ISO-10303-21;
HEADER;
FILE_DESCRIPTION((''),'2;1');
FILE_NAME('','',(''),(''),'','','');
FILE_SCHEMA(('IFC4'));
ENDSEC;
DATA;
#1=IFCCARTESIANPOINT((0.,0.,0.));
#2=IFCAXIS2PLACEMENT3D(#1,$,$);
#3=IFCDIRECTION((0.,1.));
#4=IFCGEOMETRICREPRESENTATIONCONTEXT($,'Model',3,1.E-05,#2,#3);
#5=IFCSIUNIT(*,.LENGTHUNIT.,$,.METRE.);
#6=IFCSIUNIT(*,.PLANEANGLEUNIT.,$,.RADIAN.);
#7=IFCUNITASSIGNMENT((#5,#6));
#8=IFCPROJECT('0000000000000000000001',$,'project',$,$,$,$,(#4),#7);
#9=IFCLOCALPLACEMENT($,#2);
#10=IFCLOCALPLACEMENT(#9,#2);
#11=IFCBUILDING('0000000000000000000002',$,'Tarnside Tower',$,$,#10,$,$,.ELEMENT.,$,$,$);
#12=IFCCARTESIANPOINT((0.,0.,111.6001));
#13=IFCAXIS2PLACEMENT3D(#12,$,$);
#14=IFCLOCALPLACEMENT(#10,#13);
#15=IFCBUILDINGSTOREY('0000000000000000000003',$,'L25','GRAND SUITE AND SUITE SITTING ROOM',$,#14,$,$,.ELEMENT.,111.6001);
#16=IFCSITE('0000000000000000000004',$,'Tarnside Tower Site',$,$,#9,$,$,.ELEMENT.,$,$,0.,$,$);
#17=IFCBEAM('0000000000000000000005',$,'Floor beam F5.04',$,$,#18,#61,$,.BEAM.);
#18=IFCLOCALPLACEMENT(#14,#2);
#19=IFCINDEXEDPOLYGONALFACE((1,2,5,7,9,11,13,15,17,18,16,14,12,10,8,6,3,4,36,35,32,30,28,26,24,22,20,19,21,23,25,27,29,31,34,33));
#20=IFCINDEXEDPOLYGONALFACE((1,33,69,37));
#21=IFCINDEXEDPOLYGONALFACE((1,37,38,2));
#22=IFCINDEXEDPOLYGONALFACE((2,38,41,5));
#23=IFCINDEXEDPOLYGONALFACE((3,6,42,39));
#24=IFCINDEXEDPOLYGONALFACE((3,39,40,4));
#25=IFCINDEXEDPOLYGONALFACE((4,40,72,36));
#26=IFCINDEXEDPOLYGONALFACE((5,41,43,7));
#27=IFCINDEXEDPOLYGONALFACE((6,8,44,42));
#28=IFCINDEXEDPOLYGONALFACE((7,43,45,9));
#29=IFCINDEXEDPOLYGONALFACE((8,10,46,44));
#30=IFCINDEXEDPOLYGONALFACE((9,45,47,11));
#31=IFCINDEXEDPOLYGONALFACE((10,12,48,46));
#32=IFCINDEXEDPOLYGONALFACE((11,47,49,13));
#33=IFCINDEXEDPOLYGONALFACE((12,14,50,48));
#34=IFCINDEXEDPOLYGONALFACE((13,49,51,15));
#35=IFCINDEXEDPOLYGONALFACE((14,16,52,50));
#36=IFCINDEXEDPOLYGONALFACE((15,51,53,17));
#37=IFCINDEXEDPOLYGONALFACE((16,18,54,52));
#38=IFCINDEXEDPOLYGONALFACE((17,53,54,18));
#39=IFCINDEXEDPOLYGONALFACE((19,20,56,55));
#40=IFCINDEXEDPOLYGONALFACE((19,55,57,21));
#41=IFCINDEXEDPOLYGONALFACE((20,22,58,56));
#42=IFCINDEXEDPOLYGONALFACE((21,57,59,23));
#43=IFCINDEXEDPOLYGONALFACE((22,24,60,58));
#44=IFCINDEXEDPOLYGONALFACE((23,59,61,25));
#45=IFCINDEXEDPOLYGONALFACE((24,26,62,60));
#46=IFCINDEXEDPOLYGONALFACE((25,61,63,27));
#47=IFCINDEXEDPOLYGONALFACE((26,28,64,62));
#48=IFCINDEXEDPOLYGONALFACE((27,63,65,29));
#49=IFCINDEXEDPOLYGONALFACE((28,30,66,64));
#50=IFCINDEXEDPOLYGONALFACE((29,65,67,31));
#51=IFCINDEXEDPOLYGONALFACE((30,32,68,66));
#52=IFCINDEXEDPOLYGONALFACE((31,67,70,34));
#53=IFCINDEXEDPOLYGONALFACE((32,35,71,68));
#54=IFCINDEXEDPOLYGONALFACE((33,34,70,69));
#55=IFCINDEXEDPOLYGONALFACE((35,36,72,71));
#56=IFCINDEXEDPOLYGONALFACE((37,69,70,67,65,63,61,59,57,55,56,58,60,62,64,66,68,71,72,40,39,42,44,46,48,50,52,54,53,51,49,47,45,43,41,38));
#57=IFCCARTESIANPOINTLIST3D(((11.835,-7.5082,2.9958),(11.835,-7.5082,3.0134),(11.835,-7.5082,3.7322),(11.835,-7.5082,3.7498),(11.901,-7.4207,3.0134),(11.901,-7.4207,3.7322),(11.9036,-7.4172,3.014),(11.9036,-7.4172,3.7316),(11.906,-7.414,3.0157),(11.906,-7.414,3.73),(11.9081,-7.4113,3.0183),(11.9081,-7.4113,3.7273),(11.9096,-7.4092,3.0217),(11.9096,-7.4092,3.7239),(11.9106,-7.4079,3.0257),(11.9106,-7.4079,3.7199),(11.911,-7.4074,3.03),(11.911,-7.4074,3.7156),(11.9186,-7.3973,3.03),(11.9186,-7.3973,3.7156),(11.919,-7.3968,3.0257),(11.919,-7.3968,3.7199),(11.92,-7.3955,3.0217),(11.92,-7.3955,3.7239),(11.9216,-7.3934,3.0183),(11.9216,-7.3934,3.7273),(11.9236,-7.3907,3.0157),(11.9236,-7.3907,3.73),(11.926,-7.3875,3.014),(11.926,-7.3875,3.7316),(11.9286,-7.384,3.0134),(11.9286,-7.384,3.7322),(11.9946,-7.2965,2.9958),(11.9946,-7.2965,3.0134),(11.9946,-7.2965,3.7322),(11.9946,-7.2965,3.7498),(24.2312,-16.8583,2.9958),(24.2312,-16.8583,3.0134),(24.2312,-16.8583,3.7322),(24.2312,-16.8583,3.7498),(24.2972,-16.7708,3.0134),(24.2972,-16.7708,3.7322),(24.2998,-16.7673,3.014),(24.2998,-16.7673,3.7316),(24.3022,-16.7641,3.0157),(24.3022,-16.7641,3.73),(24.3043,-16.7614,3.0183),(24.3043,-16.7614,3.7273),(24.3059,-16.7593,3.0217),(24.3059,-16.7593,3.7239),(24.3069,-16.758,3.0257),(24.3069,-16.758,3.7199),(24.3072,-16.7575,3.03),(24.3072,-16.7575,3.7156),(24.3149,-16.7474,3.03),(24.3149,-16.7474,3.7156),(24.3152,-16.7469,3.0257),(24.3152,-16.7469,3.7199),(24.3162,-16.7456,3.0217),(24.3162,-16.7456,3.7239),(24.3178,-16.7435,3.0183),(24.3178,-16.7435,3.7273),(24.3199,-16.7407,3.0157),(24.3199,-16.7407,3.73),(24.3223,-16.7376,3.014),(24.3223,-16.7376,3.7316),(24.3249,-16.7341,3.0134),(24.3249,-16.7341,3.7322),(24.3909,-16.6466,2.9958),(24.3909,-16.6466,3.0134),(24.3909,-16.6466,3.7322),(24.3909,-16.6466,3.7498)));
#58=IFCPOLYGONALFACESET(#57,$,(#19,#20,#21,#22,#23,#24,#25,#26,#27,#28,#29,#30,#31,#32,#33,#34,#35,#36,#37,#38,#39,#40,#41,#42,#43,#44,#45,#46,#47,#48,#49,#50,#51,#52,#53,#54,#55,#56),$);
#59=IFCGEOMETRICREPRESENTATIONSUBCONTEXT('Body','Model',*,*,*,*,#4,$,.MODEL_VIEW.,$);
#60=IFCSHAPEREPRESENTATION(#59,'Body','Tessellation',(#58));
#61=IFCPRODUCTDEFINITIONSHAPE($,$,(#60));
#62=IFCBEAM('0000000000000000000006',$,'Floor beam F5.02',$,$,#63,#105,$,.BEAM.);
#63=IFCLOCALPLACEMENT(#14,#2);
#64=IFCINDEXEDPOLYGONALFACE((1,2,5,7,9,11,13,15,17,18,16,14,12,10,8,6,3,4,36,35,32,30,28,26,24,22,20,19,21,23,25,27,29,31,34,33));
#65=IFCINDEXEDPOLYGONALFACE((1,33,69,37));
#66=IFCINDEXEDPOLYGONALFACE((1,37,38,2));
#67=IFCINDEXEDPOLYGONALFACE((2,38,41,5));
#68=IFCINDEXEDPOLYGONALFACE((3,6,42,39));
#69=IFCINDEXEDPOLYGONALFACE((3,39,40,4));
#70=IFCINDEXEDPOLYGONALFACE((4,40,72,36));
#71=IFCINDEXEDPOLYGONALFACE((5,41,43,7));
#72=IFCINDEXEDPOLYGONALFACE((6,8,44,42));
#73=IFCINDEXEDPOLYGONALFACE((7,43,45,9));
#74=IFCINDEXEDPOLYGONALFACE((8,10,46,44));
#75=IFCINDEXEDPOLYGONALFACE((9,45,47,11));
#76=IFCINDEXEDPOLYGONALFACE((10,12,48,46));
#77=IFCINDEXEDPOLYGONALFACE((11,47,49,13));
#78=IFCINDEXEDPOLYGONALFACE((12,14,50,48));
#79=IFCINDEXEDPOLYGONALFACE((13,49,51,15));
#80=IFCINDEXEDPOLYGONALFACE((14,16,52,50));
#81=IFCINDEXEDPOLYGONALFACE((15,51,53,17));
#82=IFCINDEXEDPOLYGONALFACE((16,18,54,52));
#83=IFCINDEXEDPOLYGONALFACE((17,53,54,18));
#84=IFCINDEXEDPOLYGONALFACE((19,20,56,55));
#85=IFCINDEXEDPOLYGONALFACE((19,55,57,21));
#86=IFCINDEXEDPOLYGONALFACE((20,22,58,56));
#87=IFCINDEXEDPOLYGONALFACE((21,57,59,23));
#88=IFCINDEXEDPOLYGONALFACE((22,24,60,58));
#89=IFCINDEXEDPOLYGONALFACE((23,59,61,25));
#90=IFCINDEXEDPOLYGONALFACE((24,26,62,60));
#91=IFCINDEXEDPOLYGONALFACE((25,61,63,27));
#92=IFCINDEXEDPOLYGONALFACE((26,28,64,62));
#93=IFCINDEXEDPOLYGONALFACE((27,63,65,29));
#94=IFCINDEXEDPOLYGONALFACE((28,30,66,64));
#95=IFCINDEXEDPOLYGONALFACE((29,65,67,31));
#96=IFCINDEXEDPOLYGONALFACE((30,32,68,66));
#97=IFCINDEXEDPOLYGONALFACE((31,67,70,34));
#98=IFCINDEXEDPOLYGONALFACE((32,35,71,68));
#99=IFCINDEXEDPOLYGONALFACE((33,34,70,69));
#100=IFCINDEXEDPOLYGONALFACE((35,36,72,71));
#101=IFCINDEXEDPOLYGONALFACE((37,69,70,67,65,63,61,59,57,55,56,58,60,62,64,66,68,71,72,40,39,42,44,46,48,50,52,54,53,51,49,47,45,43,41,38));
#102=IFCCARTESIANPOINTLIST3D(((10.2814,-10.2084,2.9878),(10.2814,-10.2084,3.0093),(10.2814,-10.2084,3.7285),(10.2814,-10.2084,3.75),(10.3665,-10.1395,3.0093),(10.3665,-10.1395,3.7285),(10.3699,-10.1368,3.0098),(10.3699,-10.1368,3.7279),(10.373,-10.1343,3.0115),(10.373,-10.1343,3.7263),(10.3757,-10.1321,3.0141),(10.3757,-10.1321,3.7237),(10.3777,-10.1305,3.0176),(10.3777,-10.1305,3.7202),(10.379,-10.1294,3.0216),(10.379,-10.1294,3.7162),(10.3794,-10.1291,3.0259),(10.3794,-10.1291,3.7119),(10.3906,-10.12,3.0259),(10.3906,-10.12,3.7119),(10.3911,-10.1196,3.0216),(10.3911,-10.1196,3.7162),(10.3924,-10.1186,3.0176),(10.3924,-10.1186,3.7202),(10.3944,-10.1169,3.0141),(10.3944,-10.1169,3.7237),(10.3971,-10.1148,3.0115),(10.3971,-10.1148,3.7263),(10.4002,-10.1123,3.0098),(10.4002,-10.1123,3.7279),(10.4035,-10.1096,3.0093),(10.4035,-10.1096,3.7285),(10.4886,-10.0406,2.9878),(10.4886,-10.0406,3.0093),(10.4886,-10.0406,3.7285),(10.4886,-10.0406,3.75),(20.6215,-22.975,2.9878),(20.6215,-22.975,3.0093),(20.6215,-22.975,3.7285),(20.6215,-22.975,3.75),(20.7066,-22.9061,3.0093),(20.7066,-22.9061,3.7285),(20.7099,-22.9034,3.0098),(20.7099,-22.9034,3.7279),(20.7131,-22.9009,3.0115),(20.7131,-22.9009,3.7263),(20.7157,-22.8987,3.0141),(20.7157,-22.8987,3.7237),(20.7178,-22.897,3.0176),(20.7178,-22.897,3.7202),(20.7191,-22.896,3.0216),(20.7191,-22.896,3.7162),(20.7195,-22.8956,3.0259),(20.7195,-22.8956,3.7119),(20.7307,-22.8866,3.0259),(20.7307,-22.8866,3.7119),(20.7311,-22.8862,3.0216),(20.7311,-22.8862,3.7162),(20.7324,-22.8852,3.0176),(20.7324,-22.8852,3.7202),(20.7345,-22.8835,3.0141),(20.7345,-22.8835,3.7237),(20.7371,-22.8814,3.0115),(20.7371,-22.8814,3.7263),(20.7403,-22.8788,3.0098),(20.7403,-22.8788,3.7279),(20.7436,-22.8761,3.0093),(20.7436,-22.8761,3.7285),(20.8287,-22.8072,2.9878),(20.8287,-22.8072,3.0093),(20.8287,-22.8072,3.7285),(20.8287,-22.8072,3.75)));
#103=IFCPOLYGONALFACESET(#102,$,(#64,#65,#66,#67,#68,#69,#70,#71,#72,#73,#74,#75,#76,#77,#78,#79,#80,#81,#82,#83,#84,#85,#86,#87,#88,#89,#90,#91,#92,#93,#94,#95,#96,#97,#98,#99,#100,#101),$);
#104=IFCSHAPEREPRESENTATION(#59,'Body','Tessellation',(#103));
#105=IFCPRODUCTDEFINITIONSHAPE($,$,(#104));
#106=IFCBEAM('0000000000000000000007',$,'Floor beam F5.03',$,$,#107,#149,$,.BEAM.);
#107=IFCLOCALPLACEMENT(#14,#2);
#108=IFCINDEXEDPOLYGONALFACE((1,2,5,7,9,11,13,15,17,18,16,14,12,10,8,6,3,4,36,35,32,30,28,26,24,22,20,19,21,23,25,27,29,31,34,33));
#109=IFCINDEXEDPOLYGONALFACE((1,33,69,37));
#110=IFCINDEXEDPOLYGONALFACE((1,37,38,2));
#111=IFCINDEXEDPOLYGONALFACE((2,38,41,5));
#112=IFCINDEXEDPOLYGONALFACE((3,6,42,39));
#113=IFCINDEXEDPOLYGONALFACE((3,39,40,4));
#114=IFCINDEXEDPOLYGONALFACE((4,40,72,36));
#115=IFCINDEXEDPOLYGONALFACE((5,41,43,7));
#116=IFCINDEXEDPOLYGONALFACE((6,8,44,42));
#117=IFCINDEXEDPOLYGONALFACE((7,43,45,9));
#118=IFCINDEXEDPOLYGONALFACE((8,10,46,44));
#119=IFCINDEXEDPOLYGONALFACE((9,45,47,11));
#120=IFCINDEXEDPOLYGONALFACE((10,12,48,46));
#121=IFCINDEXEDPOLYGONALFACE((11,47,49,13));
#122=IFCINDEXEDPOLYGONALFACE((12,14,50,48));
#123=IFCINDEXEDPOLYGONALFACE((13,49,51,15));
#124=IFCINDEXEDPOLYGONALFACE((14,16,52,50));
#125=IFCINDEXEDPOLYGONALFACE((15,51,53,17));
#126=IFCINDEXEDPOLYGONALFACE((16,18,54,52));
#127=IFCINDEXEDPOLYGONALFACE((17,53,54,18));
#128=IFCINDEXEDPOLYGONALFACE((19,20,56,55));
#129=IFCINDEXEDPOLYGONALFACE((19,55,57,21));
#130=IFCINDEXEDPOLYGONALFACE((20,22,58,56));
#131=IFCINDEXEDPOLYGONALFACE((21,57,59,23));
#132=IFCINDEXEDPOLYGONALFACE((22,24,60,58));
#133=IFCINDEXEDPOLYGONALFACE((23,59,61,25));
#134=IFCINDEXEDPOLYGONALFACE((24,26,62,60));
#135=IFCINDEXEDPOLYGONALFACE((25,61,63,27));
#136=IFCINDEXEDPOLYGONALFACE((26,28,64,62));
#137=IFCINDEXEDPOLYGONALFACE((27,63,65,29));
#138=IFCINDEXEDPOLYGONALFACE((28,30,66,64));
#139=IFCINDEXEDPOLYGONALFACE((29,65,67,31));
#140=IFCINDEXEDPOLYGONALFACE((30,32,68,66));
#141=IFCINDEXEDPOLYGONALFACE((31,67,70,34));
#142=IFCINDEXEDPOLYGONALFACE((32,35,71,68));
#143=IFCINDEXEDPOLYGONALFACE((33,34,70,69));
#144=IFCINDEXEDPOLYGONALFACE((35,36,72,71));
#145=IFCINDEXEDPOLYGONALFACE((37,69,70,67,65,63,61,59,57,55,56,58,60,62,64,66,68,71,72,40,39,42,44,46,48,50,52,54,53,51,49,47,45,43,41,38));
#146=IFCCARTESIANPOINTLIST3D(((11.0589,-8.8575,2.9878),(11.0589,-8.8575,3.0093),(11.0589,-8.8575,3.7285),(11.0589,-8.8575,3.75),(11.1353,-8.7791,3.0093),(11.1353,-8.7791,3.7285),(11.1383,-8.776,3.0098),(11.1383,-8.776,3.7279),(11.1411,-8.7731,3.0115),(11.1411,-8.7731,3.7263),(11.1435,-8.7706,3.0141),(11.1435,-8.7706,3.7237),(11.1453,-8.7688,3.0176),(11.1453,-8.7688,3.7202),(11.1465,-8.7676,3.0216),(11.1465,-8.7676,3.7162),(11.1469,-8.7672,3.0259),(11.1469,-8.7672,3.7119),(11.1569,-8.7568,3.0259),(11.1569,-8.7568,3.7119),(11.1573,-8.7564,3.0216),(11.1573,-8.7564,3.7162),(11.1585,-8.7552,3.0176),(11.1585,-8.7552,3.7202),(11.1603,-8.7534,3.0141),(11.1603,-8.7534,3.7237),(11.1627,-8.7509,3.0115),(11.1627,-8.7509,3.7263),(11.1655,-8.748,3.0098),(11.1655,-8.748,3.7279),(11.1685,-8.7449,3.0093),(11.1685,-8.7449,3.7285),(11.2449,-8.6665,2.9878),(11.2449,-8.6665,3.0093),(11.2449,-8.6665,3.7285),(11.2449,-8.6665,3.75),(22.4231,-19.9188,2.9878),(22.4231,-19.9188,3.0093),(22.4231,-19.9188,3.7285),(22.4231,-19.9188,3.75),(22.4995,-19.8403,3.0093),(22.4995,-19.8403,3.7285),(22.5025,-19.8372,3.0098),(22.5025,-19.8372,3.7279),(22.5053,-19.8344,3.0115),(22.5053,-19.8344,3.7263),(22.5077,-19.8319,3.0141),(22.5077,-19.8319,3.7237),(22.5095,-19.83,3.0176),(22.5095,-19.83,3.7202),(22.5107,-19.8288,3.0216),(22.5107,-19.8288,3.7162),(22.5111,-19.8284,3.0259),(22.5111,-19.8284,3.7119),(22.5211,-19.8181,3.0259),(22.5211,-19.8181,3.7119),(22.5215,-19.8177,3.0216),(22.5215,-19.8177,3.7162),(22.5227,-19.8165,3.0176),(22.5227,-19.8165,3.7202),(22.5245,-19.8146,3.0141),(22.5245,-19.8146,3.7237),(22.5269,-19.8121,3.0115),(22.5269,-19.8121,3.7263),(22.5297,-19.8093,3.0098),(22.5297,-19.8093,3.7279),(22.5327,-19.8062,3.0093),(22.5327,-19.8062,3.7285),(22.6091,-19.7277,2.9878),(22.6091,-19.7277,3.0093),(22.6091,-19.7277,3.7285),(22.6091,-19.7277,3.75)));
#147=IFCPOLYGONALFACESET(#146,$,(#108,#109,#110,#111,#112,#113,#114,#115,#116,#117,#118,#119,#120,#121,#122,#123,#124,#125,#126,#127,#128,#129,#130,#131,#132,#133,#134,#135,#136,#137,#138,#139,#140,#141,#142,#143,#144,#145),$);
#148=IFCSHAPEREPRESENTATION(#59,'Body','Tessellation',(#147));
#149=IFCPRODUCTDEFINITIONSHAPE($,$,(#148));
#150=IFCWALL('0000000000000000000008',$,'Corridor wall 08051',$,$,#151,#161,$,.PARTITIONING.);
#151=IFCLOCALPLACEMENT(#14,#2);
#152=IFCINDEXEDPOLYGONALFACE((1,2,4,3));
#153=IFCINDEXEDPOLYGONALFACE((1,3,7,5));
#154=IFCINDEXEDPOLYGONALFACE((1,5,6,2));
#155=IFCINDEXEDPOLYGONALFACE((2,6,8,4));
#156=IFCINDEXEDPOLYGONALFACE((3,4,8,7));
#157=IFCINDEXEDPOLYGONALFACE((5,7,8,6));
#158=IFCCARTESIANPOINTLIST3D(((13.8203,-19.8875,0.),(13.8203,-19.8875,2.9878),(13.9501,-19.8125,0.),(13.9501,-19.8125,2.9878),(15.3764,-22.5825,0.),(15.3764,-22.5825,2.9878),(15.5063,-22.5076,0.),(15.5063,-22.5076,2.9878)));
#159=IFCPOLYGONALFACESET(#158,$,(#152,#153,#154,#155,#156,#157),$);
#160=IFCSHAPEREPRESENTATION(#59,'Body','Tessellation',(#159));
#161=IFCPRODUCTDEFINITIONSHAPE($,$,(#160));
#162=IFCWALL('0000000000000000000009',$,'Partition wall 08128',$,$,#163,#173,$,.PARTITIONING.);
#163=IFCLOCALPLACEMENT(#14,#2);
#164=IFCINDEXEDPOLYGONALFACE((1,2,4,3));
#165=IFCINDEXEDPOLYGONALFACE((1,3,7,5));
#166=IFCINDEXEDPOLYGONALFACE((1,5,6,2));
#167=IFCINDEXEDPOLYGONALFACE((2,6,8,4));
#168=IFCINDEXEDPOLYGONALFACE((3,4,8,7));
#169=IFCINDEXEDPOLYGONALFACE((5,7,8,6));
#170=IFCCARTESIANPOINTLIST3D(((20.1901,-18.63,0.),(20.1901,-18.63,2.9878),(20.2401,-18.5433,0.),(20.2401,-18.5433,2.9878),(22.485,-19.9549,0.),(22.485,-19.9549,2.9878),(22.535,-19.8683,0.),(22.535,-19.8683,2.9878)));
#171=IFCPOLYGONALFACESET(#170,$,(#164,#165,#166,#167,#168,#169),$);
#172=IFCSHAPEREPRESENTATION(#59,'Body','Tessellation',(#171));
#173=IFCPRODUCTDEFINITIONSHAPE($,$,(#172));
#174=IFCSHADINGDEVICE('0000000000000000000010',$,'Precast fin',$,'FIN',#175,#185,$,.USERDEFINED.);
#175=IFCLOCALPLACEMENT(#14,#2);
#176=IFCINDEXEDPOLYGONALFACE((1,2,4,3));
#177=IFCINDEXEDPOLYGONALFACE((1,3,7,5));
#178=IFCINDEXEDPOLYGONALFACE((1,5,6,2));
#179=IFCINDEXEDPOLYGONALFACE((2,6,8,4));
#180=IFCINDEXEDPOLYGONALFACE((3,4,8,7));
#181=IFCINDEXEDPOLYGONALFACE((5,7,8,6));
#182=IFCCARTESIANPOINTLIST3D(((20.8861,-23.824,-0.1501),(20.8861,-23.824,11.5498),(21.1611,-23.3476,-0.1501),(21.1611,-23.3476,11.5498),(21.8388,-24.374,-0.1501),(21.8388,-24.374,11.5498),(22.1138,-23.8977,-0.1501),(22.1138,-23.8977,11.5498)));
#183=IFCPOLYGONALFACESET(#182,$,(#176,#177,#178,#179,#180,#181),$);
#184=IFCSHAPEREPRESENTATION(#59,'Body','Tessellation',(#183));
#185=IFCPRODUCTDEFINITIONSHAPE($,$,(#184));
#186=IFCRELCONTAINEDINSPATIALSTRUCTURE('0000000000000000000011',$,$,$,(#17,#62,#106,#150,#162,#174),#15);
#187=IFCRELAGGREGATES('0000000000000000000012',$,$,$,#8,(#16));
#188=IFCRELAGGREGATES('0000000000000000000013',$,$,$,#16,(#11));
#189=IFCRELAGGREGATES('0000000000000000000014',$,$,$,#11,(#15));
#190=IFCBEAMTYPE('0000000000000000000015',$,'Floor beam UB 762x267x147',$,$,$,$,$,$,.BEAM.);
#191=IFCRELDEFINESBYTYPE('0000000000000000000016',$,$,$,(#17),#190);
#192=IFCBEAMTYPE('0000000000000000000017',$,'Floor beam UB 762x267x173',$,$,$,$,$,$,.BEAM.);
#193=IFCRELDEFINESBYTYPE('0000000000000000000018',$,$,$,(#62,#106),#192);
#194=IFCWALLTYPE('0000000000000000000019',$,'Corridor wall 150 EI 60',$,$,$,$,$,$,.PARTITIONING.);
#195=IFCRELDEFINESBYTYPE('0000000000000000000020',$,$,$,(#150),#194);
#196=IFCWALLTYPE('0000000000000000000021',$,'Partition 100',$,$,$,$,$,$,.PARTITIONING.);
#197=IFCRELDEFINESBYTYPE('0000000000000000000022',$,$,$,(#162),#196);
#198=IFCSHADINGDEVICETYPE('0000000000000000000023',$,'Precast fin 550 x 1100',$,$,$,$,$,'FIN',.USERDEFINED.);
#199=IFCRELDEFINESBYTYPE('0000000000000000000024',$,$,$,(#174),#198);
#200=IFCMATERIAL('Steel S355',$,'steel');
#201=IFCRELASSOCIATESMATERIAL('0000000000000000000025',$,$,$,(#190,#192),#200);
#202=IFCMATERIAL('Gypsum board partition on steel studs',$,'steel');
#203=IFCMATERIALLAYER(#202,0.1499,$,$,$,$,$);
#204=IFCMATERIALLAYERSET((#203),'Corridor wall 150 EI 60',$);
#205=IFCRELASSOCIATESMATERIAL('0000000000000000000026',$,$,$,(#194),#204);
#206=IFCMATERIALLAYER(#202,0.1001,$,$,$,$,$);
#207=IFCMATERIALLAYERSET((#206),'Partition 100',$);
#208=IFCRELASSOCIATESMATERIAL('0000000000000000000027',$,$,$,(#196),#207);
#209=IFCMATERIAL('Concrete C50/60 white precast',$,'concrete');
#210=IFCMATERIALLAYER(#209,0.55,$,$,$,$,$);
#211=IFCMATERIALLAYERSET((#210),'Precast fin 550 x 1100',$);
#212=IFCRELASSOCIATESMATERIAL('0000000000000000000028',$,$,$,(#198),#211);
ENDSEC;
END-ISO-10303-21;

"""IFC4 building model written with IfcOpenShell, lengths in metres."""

from ifc_helpers import new_model, si_unit, direction, frame, frame_2d, origin, origin_2d, place, context, subcontext, project, spatial, polyline, rectangle, i_section, outline, extrude, material, layer, layer_set, material_profile, profile_set, type_object, element, save


model = new_model("IFC4")

# Units and contexts
model_context = context("Model", 3, precision=1e-05, world=origin(), true_north=direction((0.0, 1.0)))
body_context = subcontext(model_context, "Body", "Model", "MODEL_VIEW")
ifc_project = project(units=[si_unit("LENGTHUNIT", "METRE"), si_unit("PLANEANGLEUNIT", "RADIAN")], contexts=[model_context])

# Site, building, storey
site_placement = place(None, origin())
site = spatial("IfcSite", under=ifc_project, at=site_placement, Name="Tarnside Tower Site", CompositionType="ELEMENT", RefElevation=0.0)
building_placement = place(site_placement, origin())
building = spatial("IfcBuilding", under=site, at=building_placement, Name="Tarnside Tower", CompositionType="ELEMENT")
storey_placement = place(building_placement, frame((0.0, 0.0, 111.6001)))
storey = spatial("IfcBuildingStorey", under=building, at=storey_placement, Name="L25", Description="GRAND SUITE AND SUITE SITTING ROOM", CompositionType="ELEMENT", Elevation=111.6001)

# Beams
ifc_material_1 = material(Name="Steel S355", Category="steel")
ifc_material_profile_1 = material_profile(ifc_material_1, i_section(OverallWidth=0.2651, OverallDepth=0.7539, WebThickness=0.0127, FlangeThickness=0.0176, FilletRadius=0.0166, at=origin_2d()), Name="UB 762x267x147")
ifc_profile_set_1 = profile_set([ifc_material_profile_1], Name="Steel S355")
beam_type_1 = type_object("IfcBeamType", Name="Floor beam UB 762x267x147", PredefinedType="BEAM", material=ifc_profile_set_1)
beam_1_placement = place(storey_placement, frame((24.311, -16.7524, 3.3728), z_axis=(-0.798361, 0.602179, 0.0), x_axis=(-0.602179, -0.798361, 0.0)))
element("IfcBeam", 1, at=beam_1_placement, inside=storey, type_object=beam_type_1, Name="Floor beam F5.04", PredefinedType="BEAM", context=body_context, shape_type="SweptSolid", body=[
    extrude(i_section(OverallWidth=0.2651, OverallDepth=0.7539, WebThickness=0.0127, FlangeThickness=0.0176, FilletRadius=0.0166, at=origin_2d()), origin(), (0.0, 0.0, 1.0), 15.5271),
])
ifc_material_profile_2 = material_profile(ifc_material_1, i_section(OverallWidth=0.2666, OverallDepth=0.7622, WebThickness=0.0144, FlangeThickness=0.0215, FilletRadius=0.0166, at=origin_2d()), Name="UB 762x267x173")
ifc_profile_set_2 = profile_set([ifc_material_profile_2], Name="Steel S355")
beam_type_2 = type_object("IfcBeamType", Name="Floor beam UB 762x267x173", PredefinedType="BEAM", material=ifc_profile_set_2)
beam_2_placement = place(storey_placement, frame((20.7251, -22.8911, 3.3689), z_axis=(-0.62939, 0.777089, 0.0), x_axis=(-0.777089, -0.62939, 0.0)))
element("IfcBeam", 2, at=beam_2_placement, inside=storey, type_object=beam_type_2, Name="Floor beam F5.02", PredefinedType="BEAM", context=body_context, shape_type="SweptSolid", body=[
    extrude(i_section(OverallWidth=0.2666, OverallDepth=0.7622, WebThickness=0.0144, FlangeThickness=0.0215, FilletRadius=0.0166, at=origin_2d()), origin(), (0.0, 0.0, 1.0), 16.4287),
])
beam_3_placement = place(storey_placement, frame((22.5161, -19.8232, 3.3689), z_axis=(-0.716595, 0.69749, 0.0), x_axis=(-0.69749, -0.716595, 0.0)))
element("IfcBeam", 3, at=beam_3_placement, inside=storey, type_object=beam_type_2, Name="Floor beam F5.03", PredefinedType="BEAM", context=body_context, shape_type="SweptSolid", body=[
    extrude(i_section(OverallWidth=0.2666, OverallDepth=0.7622, WebThickness=0.0144, FlangeThickness=0.0215, FilletRadius=0.0166, at=origin_2d()), origin(), (0.0, 0.0, 1.0), 15.8586),
])

# Walls
ifc_material_2 = material(Name="Gypsum board partition on steel studs", Category="steel")
ifc_layer_1 = layer(ifc_material_2, 0.1499)
ifc_layer_set_1 = layer_set([ifc_layer_1], Name="Corridor wall 150 EI 60")
wall_type_1 = type_object("IfcWallType", Name="Corridor wall 150 EI 60", PredefinedType="PARTITIONING", material=ifc_layer_set_1)
wall_1_placement = place(storey_placement, frame((15.4414, -22.5452, 0.0), z_axis=(0.0, 0.0, 1.0), x_axis=(-0.500037, 0.866004, 0.0)))
element("IfcWall", 4, at=wall_1_placement, inside=storey, type_object=wall_type_1, Name="Corridor wall 08051", PredefinedType="PARTITIONING", context=body_context, shape_type="SweptSolid", body=[
    extrude(rectangle(XDim=3.1121, YDim=0.1499, at=frame_2d((1.5562, 0.0))), origin(), (0.0, 0.0, 1.0), 2.9878),
])
ifc_layer_2 = layer(ifc_material_2, 0.1001)
ifc_layer_set_2 = layer_set([ifc_layer_2], Name="Partition 100")
wall_type_2 = type_object("IfcWallType", Name="Partition 100", PredefinedType="PARTITIONING", material=ifc_layer_set_2)
wall_2_placement = place(storey_placement, frame((20.2151, -18.5867, 0.0), z_axis=(0.0, 0.0, 1.0), x_axis=(0.866029, -0.499994, 0.0)))
element("IfcWall", 5, at=wall_2_placement, inside=storey, type_object=wall_type_2, Name="Partition wall 08128", PredefinedType="PARTITIONING", context=body_context, shape_type="SweptSolid", body=[
    extrude(rectangle(XDim=2.6499, YDim=0.1001, at=frame_2d((1.325, 0.0))), origin(), (0.0, 0.0, 1.0), 2.9878),
])

# Shading device
ifc_material_3 = material(Name="Concrete C50/60 white precast", Category="concrete")
ifc_layer_3 = layer(ifc_material_3, 0.55)
ifc_layer_set_3 = layer_set([ifc_layer_3], Name="Precast fin 550 x 1100")
shading_device_type = type_object("IfcShadingDeviceType", Name="Precast fin 550 x 1100", ElementType="FIN", PredefinedType="USERDEFINED", material=ifc_layer_set_3)
for number, where, z_axis, x_axis, name in (
    (6, (21.0237, -23.5857, -0.1501), (-0.5, -0.866025, 0.0), (0.866025, -0.5, 0.0), "Precast fin"),
):
    element("IfcShadingDevice", number, at=place(storey_placement, frame(where, z_axis=z_axis, x_axis=x_axis)), inside=storey, type_object=shading_device_type, Name=name, ObjectType="FIN", PredefinedType="USERDEFINED", context=body_context, shape_type="SweptSolid", body=[
        extrude(outline(polyline([(0.0, 0.0), (1.1001, 0.0), (1.1001, 11.7), (0.0, 11.7), (0.0, 0.0)])), frame((0.0, 0.0, -0.2749)), (0.0, 0.0, 1.0), 0.55),
    ])

save(model, "model.ifc")
